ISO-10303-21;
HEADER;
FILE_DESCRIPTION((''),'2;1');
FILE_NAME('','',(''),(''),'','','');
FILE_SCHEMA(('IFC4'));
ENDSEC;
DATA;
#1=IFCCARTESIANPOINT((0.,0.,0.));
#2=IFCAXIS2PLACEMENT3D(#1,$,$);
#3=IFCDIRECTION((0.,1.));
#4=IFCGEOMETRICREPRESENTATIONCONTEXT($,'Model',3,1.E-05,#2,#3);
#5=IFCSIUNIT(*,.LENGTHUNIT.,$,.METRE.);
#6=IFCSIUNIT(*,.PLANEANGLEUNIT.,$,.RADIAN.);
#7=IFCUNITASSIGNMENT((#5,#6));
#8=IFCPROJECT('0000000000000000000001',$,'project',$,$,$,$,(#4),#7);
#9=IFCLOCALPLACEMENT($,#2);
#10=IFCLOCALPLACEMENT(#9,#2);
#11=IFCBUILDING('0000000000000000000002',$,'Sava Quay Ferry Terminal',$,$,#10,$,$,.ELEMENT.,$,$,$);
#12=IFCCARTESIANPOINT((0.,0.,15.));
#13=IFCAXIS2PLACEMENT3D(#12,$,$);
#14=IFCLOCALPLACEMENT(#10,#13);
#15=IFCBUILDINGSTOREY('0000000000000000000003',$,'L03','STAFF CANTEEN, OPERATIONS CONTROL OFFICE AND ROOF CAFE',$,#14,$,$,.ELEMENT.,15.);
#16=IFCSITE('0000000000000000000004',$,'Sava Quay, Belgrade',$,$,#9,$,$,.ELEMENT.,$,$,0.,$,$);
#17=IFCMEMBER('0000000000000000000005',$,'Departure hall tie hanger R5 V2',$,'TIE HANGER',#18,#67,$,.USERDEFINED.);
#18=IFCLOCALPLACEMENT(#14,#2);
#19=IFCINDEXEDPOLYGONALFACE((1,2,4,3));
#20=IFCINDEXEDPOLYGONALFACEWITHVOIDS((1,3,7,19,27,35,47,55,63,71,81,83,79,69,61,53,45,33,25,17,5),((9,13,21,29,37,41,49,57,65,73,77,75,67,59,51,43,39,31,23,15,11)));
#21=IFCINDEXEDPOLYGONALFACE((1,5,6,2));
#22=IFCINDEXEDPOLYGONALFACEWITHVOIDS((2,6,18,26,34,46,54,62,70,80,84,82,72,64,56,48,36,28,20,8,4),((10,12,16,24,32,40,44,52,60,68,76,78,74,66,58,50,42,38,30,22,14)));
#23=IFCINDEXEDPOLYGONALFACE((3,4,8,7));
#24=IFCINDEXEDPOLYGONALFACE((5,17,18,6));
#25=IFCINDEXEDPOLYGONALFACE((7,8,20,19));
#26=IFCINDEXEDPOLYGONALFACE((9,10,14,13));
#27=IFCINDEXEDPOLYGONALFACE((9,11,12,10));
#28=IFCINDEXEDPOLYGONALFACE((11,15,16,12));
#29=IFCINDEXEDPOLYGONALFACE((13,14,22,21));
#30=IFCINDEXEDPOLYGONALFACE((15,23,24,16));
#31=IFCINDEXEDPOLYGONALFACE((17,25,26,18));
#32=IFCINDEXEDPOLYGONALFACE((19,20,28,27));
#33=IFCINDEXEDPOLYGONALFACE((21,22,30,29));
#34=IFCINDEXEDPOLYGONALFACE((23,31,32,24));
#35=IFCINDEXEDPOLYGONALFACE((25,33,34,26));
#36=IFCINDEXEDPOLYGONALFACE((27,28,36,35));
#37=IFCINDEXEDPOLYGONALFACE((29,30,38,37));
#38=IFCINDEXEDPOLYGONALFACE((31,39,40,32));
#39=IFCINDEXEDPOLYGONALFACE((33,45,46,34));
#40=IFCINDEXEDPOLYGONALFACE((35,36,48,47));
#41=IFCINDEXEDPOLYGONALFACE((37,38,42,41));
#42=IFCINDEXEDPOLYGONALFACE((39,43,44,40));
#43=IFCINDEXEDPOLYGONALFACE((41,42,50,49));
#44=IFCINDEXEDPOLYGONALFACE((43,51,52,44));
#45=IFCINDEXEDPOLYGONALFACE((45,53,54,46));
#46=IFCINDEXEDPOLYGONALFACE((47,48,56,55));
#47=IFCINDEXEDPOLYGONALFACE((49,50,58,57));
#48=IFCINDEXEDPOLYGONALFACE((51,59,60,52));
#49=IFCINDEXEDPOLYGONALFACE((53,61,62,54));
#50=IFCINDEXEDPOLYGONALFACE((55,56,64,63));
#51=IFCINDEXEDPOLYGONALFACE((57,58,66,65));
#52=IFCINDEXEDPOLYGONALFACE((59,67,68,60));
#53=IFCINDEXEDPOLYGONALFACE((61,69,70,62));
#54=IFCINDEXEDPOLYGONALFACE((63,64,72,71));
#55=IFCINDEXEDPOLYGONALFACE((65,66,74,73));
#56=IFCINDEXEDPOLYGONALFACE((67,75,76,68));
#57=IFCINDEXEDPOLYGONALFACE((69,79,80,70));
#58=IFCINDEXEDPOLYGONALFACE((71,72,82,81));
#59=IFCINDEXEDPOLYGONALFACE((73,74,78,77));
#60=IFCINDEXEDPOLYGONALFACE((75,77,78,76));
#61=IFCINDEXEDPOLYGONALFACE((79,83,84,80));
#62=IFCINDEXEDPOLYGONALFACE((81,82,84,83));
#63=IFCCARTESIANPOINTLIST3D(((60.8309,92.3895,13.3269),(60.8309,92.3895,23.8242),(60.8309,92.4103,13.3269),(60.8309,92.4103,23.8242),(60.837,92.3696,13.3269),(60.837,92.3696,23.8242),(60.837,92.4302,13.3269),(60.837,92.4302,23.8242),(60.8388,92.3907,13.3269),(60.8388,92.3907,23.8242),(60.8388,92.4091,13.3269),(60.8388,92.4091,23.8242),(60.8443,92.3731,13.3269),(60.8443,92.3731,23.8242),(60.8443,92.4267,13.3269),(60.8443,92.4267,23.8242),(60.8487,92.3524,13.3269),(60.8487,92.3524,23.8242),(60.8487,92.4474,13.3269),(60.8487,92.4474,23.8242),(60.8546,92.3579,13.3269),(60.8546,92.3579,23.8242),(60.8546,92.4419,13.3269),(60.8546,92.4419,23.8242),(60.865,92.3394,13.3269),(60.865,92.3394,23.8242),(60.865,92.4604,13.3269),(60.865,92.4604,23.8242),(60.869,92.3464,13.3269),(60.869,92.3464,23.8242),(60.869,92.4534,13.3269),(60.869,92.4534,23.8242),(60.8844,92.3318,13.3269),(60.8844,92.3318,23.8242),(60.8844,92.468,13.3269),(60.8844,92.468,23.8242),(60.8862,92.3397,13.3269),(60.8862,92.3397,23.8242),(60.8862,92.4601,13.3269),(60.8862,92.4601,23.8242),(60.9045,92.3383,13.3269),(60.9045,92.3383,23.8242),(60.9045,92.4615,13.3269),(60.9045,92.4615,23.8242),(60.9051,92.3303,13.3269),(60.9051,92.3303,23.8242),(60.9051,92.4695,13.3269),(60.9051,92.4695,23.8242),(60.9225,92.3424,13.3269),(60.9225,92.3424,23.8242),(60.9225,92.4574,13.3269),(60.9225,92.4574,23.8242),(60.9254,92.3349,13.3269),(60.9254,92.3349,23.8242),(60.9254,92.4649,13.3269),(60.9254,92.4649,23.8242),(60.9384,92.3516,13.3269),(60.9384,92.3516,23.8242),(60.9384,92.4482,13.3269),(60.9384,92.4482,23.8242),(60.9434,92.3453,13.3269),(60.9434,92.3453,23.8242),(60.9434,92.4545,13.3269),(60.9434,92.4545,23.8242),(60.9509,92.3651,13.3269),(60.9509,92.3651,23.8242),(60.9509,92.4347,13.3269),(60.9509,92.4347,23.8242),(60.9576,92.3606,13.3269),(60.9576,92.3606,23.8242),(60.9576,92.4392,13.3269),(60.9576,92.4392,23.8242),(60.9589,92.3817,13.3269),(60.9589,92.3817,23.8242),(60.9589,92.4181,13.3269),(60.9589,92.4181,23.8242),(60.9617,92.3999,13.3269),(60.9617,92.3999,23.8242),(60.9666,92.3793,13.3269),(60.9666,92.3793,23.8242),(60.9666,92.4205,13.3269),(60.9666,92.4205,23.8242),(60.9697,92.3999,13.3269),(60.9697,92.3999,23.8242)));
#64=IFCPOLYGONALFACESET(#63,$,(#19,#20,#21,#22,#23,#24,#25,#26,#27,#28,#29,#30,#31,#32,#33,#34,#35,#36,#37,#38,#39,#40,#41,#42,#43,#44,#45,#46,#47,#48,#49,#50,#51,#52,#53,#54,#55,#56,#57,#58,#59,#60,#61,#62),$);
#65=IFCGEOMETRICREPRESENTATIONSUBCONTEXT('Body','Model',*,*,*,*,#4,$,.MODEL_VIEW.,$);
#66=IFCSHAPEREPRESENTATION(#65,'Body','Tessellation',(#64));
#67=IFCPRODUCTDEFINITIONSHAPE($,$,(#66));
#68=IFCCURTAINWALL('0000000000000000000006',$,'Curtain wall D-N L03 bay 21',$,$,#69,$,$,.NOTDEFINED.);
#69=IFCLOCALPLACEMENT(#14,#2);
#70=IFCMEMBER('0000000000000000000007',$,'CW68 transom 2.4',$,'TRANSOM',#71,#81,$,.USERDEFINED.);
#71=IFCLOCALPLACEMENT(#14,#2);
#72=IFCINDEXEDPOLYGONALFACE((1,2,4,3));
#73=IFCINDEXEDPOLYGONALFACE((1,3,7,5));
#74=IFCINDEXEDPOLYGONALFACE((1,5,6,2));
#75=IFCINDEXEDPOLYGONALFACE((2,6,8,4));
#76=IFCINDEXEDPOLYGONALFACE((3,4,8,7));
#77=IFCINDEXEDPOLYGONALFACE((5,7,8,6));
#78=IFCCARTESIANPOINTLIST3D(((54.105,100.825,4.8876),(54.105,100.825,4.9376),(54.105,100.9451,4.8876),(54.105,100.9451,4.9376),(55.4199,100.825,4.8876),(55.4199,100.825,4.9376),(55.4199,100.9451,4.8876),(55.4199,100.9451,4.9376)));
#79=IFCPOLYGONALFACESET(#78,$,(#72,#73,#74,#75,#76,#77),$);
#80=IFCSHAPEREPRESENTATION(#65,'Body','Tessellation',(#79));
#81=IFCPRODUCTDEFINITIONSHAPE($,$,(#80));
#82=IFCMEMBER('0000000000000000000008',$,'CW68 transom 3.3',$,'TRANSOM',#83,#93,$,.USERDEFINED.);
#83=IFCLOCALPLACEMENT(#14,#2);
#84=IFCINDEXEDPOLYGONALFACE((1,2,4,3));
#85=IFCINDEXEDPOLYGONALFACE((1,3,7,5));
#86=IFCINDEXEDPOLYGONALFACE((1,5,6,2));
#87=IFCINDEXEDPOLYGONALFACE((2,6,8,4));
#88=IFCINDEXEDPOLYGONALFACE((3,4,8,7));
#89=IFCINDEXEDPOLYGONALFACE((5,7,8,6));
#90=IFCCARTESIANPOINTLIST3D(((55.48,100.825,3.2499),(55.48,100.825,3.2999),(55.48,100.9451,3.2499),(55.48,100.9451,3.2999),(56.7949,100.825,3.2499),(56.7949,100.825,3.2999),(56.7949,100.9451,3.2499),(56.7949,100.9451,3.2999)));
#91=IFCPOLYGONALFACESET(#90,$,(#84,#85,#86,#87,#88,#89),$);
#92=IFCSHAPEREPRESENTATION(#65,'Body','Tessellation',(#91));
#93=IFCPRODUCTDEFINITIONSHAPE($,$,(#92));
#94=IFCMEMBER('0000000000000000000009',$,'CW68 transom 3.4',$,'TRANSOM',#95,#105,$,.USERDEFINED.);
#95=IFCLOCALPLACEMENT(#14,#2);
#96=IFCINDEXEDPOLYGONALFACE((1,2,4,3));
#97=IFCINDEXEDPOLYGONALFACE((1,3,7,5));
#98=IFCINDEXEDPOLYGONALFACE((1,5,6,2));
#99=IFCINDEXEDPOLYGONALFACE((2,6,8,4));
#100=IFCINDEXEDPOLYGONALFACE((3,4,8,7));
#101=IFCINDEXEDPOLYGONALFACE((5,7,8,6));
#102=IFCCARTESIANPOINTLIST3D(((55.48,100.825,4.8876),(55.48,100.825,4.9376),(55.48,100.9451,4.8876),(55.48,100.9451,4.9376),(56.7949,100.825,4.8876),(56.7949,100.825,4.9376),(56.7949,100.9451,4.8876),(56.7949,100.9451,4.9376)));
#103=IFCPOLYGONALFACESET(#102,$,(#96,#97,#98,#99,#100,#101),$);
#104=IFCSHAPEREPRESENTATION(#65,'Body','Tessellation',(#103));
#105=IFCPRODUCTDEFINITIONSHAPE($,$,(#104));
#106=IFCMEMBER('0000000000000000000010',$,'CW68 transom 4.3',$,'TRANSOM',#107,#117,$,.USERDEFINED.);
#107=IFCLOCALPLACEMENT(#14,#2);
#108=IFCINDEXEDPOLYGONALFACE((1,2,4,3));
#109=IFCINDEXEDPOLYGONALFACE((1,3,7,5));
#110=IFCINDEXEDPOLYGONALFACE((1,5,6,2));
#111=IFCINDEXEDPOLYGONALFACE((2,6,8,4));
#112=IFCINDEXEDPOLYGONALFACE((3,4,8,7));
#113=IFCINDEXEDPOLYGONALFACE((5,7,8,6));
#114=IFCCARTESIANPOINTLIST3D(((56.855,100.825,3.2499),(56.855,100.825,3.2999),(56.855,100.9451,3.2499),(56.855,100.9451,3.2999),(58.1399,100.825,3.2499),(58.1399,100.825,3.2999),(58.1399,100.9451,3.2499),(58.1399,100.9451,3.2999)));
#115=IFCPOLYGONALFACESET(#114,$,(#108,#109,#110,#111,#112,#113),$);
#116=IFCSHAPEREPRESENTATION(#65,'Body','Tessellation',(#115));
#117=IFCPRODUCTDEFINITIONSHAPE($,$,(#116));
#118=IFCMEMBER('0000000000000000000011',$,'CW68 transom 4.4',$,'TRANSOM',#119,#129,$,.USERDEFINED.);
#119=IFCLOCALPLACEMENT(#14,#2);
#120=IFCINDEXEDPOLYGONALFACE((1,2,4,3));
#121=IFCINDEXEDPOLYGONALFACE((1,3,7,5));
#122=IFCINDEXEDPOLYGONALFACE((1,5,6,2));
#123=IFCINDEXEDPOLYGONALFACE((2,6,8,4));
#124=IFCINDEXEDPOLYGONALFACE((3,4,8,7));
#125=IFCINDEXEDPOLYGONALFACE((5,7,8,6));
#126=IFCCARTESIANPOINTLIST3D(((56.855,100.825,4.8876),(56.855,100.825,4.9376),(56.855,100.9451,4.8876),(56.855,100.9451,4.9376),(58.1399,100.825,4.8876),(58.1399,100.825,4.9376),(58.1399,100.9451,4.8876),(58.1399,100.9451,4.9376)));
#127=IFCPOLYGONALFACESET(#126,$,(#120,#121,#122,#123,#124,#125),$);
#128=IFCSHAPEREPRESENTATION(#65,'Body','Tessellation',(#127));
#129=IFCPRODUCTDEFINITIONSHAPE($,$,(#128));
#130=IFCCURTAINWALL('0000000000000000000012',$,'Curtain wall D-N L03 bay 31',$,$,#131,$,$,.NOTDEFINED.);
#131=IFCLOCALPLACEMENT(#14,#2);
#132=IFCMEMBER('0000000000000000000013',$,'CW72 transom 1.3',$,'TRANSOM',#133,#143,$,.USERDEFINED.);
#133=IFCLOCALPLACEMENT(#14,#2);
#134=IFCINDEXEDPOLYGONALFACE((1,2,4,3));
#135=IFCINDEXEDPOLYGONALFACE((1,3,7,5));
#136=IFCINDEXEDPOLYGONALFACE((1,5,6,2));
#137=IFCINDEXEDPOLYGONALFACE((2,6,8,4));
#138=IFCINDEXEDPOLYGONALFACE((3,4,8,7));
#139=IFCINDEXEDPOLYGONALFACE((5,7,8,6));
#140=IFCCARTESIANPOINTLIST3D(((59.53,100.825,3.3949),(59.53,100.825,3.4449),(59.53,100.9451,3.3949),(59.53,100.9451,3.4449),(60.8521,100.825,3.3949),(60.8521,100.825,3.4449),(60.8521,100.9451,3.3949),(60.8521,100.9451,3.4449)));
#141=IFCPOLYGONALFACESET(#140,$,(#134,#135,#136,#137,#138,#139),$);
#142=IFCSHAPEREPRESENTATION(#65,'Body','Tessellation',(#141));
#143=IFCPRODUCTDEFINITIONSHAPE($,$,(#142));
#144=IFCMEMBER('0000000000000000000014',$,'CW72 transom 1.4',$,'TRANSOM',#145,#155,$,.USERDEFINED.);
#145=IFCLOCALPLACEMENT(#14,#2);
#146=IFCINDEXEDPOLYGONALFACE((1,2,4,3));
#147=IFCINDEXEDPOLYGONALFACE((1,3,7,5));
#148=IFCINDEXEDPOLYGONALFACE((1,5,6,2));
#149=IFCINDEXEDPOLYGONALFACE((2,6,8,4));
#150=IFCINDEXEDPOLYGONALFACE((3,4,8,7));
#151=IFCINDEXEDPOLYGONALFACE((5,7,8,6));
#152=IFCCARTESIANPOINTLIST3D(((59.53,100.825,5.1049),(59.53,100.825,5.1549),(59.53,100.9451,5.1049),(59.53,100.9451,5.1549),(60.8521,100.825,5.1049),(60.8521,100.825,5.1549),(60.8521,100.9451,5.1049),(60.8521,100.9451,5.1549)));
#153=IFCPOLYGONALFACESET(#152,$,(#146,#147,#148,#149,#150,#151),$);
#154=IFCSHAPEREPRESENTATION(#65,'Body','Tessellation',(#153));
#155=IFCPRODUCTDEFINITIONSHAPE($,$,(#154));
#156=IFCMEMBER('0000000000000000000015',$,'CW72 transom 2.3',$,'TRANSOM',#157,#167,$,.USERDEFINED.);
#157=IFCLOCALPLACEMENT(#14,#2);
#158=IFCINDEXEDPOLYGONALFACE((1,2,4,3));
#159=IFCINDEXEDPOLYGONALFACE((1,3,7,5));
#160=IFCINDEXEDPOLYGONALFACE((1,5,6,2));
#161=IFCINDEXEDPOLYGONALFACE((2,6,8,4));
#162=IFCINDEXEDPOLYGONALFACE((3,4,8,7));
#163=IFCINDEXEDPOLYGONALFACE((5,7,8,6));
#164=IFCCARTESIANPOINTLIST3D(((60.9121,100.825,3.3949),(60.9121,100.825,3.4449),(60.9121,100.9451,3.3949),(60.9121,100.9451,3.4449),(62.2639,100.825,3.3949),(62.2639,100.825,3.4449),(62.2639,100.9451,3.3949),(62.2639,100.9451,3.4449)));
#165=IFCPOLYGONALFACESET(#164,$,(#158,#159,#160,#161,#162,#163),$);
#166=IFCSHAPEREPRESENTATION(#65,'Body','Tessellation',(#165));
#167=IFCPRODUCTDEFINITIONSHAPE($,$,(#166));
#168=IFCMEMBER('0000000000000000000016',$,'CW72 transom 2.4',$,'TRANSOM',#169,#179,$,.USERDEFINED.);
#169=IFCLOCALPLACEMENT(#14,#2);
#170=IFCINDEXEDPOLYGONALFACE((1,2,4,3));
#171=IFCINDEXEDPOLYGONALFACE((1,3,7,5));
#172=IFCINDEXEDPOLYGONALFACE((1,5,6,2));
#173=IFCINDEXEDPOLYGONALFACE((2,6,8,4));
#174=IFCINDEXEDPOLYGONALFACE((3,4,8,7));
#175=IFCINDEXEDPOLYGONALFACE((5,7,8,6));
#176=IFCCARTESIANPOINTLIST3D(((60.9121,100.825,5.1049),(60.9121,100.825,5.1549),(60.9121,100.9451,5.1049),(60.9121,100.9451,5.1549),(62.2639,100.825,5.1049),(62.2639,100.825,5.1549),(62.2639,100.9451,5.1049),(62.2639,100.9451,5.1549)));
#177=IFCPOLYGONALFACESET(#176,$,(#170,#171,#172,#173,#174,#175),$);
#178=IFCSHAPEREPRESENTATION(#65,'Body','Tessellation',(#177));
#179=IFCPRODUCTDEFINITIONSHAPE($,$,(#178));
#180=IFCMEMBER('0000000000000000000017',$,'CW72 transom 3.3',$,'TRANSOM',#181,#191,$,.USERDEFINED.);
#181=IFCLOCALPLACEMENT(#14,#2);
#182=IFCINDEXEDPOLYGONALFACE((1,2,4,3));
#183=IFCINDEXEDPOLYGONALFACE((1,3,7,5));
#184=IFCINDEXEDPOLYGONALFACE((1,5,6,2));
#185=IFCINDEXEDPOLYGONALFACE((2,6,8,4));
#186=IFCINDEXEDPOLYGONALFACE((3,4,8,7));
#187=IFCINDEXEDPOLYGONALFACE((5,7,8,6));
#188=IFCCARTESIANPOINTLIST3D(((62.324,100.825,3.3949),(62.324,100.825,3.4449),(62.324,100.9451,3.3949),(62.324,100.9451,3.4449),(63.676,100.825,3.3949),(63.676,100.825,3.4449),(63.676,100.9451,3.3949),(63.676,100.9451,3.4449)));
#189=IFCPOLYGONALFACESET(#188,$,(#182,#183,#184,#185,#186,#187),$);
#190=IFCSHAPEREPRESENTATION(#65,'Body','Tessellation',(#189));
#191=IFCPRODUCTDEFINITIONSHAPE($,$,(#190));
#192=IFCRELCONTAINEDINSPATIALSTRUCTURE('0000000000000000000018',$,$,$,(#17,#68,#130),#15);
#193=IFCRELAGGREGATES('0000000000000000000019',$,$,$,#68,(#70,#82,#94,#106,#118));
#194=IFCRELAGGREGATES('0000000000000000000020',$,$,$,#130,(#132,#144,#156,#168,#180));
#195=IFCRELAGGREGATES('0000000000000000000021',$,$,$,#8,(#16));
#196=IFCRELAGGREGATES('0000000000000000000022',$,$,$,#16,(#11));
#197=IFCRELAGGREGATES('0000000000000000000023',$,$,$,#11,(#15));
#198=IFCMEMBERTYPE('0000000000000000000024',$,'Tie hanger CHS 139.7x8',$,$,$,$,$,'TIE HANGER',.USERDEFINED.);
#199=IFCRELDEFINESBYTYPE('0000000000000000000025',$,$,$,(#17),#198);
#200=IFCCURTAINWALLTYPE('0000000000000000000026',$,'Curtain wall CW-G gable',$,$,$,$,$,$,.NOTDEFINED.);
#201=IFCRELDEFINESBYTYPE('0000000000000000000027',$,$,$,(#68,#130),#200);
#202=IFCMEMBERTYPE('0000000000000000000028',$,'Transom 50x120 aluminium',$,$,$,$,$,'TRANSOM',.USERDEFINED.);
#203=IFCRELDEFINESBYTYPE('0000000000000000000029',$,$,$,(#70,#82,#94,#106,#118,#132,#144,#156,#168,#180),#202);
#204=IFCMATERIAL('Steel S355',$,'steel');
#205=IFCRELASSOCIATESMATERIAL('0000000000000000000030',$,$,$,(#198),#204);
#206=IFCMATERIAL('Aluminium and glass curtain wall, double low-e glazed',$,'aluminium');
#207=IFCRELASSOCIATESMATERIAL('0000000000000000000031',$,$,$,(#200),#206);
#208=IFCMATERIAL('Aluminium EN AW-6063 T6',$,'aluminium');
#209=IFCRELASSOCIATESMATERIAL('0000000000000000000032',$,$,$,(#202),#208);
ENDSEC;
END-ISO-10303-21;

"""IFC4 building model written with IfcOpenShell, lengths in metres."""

from ifc_helpers import new_model, si_unit, direction, frame, origin, origin_2d, place, context, subcontext, project, spatial, rectangle, hollow_circle, extrude, material, material_profile, profile_set, type_object, element, aggregate, save


model = new_model("IFC4")

# Units and contexts
model_context = context("Model", 3, precision=1e-05, world=origin(), true_north=direction((0.0, 1.0)))
body_context = subcontext(model_context, "Body", "Model", "MODEL_VIEW")
ifc_project = project(units=[si_unit("LENGTHUNIT", "METRE"), si_unit("PLANEANGLEUNIT", "RADIAN")], contexts=[model_context])

# Site, building, storey
site_placement = place(None, origin())
site = spatial("IfcSite", under=ifc_project, at=site_placement, Name="Sava Quay, Belgrade", CompositionType="ELEMENT", RefElevation=0.0)
building_placement = place(site_placement, origin())
building = spatial("IfcBuilding", under=site, at=building_placement, Name="Sava Quay Ferry Terminal", CompositionType="ELEMENT")
storey_placement = place(building_placement, frame((0.0, 0.0, 15.0)))
storey = spatial("IfcBuildingStorey", under=building, at=storey_placement, Name="L03", Description="STAFF CANTEEN, OPERATIONS CONTROL OFFICE AND ROOF CAFE", CompositionType="ELEMENT", Elevation=15.0)

# Member
ifc_material_1 = material(Name="Steel S355", Category="steel")
ifc_material_profile_1 = material_profile(ifc_material_1, hollow_circle(Radius=0.0698, WallThickness=0.0081, at=origin_2d()), Name="CHS 139.7 x 8.0")
ifc_profile_set_1 = profile_set([ifc_material_profile_1], Name="Steel S355")
member_type_1 = type_object("IfcMemberType", Name="Tie hanger CHS 139.7x8", ElementType="TIE HANGER", PredefinedType="USERDEFINED", material=ifc_profile_set_1)
member_1_placement = place(storey_placement, frame((60.8999, 92.3999, 13.3269), z_axis=(0.0, 0.0, 1.0), x_axis=(1.0, 0.0, 0.0)))
element("IfcMember", 1, at=member_1_placement, inside=storey, type_object=member_type_1, Name="Departure hall tie hanger R5 V2", ObjectType="TIE HANGER", PredefinedType="USERDEFINED", context=body_context, shape_type="SweptSolid", body=[
    extrude(hollow_circle(Radius=0.0698, WallThickness=0.0081, at=origin_2d()), origin(), (0.0, 0.0, 1.0), 10.4973),
])

# Curtain walls, members
ifc_material_2 = material(Name="Aluminium and glass curtain wall, double low-e glazed", Category="aluminium")
curtain_wall_type = type_object("IfcCurtainWallType", Name="Curtain wall CW-G gable", PredefinedType="NOTDEFINED", material=ifc_material_2)
curtain_wall_1_placement = place(storey_placement, origin())
curtain_wall_1 = element("IfcCurtainWall", 2, at=curtain_wall_1_placement, inside=storey, type_object=curtain_wall_type, Name="Curtain wall D-N L03 bay 21", PredefinedType="NOTDEFINED")
ifc_material_3 = material(Name="Aluminium EN AW-6063 T6", Category="aluminium")
ifc_material_profile_2 = material_profile(ifc_material_3, rectangle(XDim=0.1201, YDim=0.05, at=origin_2d()), Name="Transom 50x120 aluminium")
ifc_profile_set_2 = profile_set([ifc_material_profile_2], Name="Aluminium EN AW-6063 T6")
member_type_2 = type_object("IfcMemberType", Name="Transom 50x120 aluminium", ElementType="TRANSOM", PredefinedType="USERDEFINED", material=ifc_profile_set_2)
member_2_placement = place(storey_placement, frame((54.105, 100.885, 4.9126), z_axis=(1.0, 0.0, 0.0), x_axis=(0.0, 1.0, 0.0)))
member_2 = element("IfcMember", 3, at=member_2_placement, type_object=member_type_2, Name="CW68 transom 2.4", ObjectType="TRANSOM", PredefinedType="USERDEFINED", context=body_context, shape_type="SweptSolid", body=[
    extrude(rectangle(XDim=0.1201, YDim=0.05, at=origin_2d()), origin(), (0.0, 0.0, 1.0), 1.3149),
])
member_3_placement = place(storey_placement, frame((55.48, 100.885, 3.2749), z_axis=(1.0, 0.0, 0.0), x_axis=(0.0, 1.0, 0.0)))
member_3 = element("IfcMember", 4, at=member_3_placement, type_object=member_type_2, Name="CW68 transom 3.3", ObjectType="TRANSOM", PredefinedType="USERDEFINED", context=body_context, shape_type="SweptSolid", body=[
    extrude(rectangle(XDim=0.1201, YDim=0.05, at=origin_2d()), origin(), (0.0, 0.0, 1.0), 1.3149),
])
member_4_placement = place(storey_placement, frame((55.48, 100.885, 4.9126), z_axis=(1.0, 0.0, 0.0), x_axis=(0.0, 1.0, 0.0)))
member_4 = element("IfcMember", 5, at=member_4_placement, type_object=member_type_2, Name="CW68 transom 3.4", ObjectType="TRANSOM", PredefinedType="USERDEFINED", context=body_context, shape_type="SweptSolid", body=[
    extrude(rectangle(XDim=0.1201, YDim=0.05, at=origin_2d()), origin(), (0.0, 0.0, 1.0), 1.3149),
])
member_5_placement = place(storey_placement, frame((56.855, 100.885, 3.2749), z_axis=(1.0, 0.0, 0.0), x_axis=(0.0, 1.0, 0.0)))
member_5 = element("IfcMember", 6, at=member_5_placement, type_object=member_type_2, Name="CW68 transom 4.3", ObjectType="TRANSOM", PredefinedType="USERDEFINED", context=body_context, shape_type="SweptSolid", body=[
    extrude(rectangle(XDim=0.1201, YDim=0.05, at=origin_2d()), origin(), (0.0, 0.0, 1.0), 1.2849),
])
member_6_placement = place(storey_placement, frame((56.855, 100.885, 4.9126), z_axis=(1.0, 0.0, 0.0), x_axis=(0.0, 1.0, 0.0)))
member_6 = element("IfcMember", 7, at=member_6_placement, type_object=member_type_2, Name="CW68 transom 4.4", ObjectType="TRANSOM", PredefinedType="USERDEFINED", context=body_context, shape_type="SweptSolid", body=[
    extrude(rectangle(XDim=0.1201, YDim=0.05, at=origin_2d()), origin(), (0.0, 0.0, 1.0), 1.2849),
])
curtain_wall_2_placement = place(storey_placement, origin())
curtain_wall_2 = element("IfcCurtainWall", 8, at=curtain_wall_2_placement, inside=storey, type_object=curtain_wall_type, Name="Curtain wall D-N L03 bay 31", PredefinedType="NOTDEFINED")
member_7_placement = place(storey_placement, frame((59.53, 100.885, 3.4199), z_axis=(1.0, 0.0, 0.0), x_axis=(0.0, 1.0, 0.0)))
member_7 = element("IfcMember", 9, at=member_7_placement, type_object=member_type_2, Name="CW72 transom 1.3", ObjectType="TRANSOM", PredefinedType="USERDEFINED", context=body_context, shape_type="SweptSolid", body=[
    extrude(rectangle(XDim=0.1201, YDim=0.05, at=origin_2d()), origin(), (0.0, 0.0, 1.0), 1.322),
])
member_8_placement = place(storey_placement, frame((59.53, 100.885, 5.1299), z_axis=(1.0, 0.0, 0.0), x_axis=(0.0, 1.0, 0.0)))
member_8 = element("IfcMember", 10, at=member_8_placement, type_object=member_type_2, Name="CW72 transom 1.4", ObjectType="TRANSOM", PredefinedType="USERDEFINED", context=body_context, shape_type="SweptSolid", body=[
    extrude(rectangle(XDim=0.1201, YDim=0.05, at=origin_2d()), origin(), (0.0, 0.0, 1.0), 1.322),
])
member_9_placement = place(storey_placement, frame((60.9121, 100.885, 3.4199), z_axis=(1.0, 0.0, 0.0), x_axis=(0.0, 1.0, 0.0)))
member_9 = element("IfcMember", 11, at=member_9_placement, type_object=member_type_2, Name="CW72 transom 2.3", ObjectType="TRANSOM", PredefinedType="USERDEFINED", context=body_context, shape_type="SweptSolid", body=[
    extrude(rectangle(XDim=0.1201, YDim=0.05, at=origin_2d()), origin(), (0.0, 0.0, 1.0), 1.3518),
])
member_10_placement = place(storey_placement, frame((60.9121, 100.885, 5.1299), z_axis=(1.0, 0.0, 0.0), x_axis=(0.0, 1.0, 0.0)))
member_10 = element("IfcMember", 12, at=member_10_placement, type_object=member_type_2, Name="CW72 transom 2.4", ObjectType="TRANSOM", PredefinedType="USERDEFINED", context=body_context, shape_type="SweptSolid", body=[
    extrude(rectangle(XDim=0.1201, YDim=0.05, at=origin_2d()), origin(), (0.0, 0.0, 1.0), 1.3518),
])
member_11_placement = place(storey_placement, frame((62.324, 100.885, 3.4199), z_axis=(1.0, 0.0, 0.0), x_axis=(0.0, 1.0, 0.0)))
member_11 = element("IfcMember", 13, at=member_11_placement, type_object=member_type_2, Name="CW72 transom 3.3", ObjectType="TRANSOM", PredefinedType="USERDEFINED", context=body_context, shape_type="SweptSolid", body=[
    extrude(rectangle(XDim=0.1201, YDim=0.05, at=origin_2d()), origin(), (0.0, 0.0, 1.0), 1.3521),
])

aggregate(curtain_wall_1, [member_2, member_3, member_4, member_5, member_6])
aggregate(curtain_wall_2, [member_7, member_8, member_9, member_10, member_11])

save(model, "model.ifc")
